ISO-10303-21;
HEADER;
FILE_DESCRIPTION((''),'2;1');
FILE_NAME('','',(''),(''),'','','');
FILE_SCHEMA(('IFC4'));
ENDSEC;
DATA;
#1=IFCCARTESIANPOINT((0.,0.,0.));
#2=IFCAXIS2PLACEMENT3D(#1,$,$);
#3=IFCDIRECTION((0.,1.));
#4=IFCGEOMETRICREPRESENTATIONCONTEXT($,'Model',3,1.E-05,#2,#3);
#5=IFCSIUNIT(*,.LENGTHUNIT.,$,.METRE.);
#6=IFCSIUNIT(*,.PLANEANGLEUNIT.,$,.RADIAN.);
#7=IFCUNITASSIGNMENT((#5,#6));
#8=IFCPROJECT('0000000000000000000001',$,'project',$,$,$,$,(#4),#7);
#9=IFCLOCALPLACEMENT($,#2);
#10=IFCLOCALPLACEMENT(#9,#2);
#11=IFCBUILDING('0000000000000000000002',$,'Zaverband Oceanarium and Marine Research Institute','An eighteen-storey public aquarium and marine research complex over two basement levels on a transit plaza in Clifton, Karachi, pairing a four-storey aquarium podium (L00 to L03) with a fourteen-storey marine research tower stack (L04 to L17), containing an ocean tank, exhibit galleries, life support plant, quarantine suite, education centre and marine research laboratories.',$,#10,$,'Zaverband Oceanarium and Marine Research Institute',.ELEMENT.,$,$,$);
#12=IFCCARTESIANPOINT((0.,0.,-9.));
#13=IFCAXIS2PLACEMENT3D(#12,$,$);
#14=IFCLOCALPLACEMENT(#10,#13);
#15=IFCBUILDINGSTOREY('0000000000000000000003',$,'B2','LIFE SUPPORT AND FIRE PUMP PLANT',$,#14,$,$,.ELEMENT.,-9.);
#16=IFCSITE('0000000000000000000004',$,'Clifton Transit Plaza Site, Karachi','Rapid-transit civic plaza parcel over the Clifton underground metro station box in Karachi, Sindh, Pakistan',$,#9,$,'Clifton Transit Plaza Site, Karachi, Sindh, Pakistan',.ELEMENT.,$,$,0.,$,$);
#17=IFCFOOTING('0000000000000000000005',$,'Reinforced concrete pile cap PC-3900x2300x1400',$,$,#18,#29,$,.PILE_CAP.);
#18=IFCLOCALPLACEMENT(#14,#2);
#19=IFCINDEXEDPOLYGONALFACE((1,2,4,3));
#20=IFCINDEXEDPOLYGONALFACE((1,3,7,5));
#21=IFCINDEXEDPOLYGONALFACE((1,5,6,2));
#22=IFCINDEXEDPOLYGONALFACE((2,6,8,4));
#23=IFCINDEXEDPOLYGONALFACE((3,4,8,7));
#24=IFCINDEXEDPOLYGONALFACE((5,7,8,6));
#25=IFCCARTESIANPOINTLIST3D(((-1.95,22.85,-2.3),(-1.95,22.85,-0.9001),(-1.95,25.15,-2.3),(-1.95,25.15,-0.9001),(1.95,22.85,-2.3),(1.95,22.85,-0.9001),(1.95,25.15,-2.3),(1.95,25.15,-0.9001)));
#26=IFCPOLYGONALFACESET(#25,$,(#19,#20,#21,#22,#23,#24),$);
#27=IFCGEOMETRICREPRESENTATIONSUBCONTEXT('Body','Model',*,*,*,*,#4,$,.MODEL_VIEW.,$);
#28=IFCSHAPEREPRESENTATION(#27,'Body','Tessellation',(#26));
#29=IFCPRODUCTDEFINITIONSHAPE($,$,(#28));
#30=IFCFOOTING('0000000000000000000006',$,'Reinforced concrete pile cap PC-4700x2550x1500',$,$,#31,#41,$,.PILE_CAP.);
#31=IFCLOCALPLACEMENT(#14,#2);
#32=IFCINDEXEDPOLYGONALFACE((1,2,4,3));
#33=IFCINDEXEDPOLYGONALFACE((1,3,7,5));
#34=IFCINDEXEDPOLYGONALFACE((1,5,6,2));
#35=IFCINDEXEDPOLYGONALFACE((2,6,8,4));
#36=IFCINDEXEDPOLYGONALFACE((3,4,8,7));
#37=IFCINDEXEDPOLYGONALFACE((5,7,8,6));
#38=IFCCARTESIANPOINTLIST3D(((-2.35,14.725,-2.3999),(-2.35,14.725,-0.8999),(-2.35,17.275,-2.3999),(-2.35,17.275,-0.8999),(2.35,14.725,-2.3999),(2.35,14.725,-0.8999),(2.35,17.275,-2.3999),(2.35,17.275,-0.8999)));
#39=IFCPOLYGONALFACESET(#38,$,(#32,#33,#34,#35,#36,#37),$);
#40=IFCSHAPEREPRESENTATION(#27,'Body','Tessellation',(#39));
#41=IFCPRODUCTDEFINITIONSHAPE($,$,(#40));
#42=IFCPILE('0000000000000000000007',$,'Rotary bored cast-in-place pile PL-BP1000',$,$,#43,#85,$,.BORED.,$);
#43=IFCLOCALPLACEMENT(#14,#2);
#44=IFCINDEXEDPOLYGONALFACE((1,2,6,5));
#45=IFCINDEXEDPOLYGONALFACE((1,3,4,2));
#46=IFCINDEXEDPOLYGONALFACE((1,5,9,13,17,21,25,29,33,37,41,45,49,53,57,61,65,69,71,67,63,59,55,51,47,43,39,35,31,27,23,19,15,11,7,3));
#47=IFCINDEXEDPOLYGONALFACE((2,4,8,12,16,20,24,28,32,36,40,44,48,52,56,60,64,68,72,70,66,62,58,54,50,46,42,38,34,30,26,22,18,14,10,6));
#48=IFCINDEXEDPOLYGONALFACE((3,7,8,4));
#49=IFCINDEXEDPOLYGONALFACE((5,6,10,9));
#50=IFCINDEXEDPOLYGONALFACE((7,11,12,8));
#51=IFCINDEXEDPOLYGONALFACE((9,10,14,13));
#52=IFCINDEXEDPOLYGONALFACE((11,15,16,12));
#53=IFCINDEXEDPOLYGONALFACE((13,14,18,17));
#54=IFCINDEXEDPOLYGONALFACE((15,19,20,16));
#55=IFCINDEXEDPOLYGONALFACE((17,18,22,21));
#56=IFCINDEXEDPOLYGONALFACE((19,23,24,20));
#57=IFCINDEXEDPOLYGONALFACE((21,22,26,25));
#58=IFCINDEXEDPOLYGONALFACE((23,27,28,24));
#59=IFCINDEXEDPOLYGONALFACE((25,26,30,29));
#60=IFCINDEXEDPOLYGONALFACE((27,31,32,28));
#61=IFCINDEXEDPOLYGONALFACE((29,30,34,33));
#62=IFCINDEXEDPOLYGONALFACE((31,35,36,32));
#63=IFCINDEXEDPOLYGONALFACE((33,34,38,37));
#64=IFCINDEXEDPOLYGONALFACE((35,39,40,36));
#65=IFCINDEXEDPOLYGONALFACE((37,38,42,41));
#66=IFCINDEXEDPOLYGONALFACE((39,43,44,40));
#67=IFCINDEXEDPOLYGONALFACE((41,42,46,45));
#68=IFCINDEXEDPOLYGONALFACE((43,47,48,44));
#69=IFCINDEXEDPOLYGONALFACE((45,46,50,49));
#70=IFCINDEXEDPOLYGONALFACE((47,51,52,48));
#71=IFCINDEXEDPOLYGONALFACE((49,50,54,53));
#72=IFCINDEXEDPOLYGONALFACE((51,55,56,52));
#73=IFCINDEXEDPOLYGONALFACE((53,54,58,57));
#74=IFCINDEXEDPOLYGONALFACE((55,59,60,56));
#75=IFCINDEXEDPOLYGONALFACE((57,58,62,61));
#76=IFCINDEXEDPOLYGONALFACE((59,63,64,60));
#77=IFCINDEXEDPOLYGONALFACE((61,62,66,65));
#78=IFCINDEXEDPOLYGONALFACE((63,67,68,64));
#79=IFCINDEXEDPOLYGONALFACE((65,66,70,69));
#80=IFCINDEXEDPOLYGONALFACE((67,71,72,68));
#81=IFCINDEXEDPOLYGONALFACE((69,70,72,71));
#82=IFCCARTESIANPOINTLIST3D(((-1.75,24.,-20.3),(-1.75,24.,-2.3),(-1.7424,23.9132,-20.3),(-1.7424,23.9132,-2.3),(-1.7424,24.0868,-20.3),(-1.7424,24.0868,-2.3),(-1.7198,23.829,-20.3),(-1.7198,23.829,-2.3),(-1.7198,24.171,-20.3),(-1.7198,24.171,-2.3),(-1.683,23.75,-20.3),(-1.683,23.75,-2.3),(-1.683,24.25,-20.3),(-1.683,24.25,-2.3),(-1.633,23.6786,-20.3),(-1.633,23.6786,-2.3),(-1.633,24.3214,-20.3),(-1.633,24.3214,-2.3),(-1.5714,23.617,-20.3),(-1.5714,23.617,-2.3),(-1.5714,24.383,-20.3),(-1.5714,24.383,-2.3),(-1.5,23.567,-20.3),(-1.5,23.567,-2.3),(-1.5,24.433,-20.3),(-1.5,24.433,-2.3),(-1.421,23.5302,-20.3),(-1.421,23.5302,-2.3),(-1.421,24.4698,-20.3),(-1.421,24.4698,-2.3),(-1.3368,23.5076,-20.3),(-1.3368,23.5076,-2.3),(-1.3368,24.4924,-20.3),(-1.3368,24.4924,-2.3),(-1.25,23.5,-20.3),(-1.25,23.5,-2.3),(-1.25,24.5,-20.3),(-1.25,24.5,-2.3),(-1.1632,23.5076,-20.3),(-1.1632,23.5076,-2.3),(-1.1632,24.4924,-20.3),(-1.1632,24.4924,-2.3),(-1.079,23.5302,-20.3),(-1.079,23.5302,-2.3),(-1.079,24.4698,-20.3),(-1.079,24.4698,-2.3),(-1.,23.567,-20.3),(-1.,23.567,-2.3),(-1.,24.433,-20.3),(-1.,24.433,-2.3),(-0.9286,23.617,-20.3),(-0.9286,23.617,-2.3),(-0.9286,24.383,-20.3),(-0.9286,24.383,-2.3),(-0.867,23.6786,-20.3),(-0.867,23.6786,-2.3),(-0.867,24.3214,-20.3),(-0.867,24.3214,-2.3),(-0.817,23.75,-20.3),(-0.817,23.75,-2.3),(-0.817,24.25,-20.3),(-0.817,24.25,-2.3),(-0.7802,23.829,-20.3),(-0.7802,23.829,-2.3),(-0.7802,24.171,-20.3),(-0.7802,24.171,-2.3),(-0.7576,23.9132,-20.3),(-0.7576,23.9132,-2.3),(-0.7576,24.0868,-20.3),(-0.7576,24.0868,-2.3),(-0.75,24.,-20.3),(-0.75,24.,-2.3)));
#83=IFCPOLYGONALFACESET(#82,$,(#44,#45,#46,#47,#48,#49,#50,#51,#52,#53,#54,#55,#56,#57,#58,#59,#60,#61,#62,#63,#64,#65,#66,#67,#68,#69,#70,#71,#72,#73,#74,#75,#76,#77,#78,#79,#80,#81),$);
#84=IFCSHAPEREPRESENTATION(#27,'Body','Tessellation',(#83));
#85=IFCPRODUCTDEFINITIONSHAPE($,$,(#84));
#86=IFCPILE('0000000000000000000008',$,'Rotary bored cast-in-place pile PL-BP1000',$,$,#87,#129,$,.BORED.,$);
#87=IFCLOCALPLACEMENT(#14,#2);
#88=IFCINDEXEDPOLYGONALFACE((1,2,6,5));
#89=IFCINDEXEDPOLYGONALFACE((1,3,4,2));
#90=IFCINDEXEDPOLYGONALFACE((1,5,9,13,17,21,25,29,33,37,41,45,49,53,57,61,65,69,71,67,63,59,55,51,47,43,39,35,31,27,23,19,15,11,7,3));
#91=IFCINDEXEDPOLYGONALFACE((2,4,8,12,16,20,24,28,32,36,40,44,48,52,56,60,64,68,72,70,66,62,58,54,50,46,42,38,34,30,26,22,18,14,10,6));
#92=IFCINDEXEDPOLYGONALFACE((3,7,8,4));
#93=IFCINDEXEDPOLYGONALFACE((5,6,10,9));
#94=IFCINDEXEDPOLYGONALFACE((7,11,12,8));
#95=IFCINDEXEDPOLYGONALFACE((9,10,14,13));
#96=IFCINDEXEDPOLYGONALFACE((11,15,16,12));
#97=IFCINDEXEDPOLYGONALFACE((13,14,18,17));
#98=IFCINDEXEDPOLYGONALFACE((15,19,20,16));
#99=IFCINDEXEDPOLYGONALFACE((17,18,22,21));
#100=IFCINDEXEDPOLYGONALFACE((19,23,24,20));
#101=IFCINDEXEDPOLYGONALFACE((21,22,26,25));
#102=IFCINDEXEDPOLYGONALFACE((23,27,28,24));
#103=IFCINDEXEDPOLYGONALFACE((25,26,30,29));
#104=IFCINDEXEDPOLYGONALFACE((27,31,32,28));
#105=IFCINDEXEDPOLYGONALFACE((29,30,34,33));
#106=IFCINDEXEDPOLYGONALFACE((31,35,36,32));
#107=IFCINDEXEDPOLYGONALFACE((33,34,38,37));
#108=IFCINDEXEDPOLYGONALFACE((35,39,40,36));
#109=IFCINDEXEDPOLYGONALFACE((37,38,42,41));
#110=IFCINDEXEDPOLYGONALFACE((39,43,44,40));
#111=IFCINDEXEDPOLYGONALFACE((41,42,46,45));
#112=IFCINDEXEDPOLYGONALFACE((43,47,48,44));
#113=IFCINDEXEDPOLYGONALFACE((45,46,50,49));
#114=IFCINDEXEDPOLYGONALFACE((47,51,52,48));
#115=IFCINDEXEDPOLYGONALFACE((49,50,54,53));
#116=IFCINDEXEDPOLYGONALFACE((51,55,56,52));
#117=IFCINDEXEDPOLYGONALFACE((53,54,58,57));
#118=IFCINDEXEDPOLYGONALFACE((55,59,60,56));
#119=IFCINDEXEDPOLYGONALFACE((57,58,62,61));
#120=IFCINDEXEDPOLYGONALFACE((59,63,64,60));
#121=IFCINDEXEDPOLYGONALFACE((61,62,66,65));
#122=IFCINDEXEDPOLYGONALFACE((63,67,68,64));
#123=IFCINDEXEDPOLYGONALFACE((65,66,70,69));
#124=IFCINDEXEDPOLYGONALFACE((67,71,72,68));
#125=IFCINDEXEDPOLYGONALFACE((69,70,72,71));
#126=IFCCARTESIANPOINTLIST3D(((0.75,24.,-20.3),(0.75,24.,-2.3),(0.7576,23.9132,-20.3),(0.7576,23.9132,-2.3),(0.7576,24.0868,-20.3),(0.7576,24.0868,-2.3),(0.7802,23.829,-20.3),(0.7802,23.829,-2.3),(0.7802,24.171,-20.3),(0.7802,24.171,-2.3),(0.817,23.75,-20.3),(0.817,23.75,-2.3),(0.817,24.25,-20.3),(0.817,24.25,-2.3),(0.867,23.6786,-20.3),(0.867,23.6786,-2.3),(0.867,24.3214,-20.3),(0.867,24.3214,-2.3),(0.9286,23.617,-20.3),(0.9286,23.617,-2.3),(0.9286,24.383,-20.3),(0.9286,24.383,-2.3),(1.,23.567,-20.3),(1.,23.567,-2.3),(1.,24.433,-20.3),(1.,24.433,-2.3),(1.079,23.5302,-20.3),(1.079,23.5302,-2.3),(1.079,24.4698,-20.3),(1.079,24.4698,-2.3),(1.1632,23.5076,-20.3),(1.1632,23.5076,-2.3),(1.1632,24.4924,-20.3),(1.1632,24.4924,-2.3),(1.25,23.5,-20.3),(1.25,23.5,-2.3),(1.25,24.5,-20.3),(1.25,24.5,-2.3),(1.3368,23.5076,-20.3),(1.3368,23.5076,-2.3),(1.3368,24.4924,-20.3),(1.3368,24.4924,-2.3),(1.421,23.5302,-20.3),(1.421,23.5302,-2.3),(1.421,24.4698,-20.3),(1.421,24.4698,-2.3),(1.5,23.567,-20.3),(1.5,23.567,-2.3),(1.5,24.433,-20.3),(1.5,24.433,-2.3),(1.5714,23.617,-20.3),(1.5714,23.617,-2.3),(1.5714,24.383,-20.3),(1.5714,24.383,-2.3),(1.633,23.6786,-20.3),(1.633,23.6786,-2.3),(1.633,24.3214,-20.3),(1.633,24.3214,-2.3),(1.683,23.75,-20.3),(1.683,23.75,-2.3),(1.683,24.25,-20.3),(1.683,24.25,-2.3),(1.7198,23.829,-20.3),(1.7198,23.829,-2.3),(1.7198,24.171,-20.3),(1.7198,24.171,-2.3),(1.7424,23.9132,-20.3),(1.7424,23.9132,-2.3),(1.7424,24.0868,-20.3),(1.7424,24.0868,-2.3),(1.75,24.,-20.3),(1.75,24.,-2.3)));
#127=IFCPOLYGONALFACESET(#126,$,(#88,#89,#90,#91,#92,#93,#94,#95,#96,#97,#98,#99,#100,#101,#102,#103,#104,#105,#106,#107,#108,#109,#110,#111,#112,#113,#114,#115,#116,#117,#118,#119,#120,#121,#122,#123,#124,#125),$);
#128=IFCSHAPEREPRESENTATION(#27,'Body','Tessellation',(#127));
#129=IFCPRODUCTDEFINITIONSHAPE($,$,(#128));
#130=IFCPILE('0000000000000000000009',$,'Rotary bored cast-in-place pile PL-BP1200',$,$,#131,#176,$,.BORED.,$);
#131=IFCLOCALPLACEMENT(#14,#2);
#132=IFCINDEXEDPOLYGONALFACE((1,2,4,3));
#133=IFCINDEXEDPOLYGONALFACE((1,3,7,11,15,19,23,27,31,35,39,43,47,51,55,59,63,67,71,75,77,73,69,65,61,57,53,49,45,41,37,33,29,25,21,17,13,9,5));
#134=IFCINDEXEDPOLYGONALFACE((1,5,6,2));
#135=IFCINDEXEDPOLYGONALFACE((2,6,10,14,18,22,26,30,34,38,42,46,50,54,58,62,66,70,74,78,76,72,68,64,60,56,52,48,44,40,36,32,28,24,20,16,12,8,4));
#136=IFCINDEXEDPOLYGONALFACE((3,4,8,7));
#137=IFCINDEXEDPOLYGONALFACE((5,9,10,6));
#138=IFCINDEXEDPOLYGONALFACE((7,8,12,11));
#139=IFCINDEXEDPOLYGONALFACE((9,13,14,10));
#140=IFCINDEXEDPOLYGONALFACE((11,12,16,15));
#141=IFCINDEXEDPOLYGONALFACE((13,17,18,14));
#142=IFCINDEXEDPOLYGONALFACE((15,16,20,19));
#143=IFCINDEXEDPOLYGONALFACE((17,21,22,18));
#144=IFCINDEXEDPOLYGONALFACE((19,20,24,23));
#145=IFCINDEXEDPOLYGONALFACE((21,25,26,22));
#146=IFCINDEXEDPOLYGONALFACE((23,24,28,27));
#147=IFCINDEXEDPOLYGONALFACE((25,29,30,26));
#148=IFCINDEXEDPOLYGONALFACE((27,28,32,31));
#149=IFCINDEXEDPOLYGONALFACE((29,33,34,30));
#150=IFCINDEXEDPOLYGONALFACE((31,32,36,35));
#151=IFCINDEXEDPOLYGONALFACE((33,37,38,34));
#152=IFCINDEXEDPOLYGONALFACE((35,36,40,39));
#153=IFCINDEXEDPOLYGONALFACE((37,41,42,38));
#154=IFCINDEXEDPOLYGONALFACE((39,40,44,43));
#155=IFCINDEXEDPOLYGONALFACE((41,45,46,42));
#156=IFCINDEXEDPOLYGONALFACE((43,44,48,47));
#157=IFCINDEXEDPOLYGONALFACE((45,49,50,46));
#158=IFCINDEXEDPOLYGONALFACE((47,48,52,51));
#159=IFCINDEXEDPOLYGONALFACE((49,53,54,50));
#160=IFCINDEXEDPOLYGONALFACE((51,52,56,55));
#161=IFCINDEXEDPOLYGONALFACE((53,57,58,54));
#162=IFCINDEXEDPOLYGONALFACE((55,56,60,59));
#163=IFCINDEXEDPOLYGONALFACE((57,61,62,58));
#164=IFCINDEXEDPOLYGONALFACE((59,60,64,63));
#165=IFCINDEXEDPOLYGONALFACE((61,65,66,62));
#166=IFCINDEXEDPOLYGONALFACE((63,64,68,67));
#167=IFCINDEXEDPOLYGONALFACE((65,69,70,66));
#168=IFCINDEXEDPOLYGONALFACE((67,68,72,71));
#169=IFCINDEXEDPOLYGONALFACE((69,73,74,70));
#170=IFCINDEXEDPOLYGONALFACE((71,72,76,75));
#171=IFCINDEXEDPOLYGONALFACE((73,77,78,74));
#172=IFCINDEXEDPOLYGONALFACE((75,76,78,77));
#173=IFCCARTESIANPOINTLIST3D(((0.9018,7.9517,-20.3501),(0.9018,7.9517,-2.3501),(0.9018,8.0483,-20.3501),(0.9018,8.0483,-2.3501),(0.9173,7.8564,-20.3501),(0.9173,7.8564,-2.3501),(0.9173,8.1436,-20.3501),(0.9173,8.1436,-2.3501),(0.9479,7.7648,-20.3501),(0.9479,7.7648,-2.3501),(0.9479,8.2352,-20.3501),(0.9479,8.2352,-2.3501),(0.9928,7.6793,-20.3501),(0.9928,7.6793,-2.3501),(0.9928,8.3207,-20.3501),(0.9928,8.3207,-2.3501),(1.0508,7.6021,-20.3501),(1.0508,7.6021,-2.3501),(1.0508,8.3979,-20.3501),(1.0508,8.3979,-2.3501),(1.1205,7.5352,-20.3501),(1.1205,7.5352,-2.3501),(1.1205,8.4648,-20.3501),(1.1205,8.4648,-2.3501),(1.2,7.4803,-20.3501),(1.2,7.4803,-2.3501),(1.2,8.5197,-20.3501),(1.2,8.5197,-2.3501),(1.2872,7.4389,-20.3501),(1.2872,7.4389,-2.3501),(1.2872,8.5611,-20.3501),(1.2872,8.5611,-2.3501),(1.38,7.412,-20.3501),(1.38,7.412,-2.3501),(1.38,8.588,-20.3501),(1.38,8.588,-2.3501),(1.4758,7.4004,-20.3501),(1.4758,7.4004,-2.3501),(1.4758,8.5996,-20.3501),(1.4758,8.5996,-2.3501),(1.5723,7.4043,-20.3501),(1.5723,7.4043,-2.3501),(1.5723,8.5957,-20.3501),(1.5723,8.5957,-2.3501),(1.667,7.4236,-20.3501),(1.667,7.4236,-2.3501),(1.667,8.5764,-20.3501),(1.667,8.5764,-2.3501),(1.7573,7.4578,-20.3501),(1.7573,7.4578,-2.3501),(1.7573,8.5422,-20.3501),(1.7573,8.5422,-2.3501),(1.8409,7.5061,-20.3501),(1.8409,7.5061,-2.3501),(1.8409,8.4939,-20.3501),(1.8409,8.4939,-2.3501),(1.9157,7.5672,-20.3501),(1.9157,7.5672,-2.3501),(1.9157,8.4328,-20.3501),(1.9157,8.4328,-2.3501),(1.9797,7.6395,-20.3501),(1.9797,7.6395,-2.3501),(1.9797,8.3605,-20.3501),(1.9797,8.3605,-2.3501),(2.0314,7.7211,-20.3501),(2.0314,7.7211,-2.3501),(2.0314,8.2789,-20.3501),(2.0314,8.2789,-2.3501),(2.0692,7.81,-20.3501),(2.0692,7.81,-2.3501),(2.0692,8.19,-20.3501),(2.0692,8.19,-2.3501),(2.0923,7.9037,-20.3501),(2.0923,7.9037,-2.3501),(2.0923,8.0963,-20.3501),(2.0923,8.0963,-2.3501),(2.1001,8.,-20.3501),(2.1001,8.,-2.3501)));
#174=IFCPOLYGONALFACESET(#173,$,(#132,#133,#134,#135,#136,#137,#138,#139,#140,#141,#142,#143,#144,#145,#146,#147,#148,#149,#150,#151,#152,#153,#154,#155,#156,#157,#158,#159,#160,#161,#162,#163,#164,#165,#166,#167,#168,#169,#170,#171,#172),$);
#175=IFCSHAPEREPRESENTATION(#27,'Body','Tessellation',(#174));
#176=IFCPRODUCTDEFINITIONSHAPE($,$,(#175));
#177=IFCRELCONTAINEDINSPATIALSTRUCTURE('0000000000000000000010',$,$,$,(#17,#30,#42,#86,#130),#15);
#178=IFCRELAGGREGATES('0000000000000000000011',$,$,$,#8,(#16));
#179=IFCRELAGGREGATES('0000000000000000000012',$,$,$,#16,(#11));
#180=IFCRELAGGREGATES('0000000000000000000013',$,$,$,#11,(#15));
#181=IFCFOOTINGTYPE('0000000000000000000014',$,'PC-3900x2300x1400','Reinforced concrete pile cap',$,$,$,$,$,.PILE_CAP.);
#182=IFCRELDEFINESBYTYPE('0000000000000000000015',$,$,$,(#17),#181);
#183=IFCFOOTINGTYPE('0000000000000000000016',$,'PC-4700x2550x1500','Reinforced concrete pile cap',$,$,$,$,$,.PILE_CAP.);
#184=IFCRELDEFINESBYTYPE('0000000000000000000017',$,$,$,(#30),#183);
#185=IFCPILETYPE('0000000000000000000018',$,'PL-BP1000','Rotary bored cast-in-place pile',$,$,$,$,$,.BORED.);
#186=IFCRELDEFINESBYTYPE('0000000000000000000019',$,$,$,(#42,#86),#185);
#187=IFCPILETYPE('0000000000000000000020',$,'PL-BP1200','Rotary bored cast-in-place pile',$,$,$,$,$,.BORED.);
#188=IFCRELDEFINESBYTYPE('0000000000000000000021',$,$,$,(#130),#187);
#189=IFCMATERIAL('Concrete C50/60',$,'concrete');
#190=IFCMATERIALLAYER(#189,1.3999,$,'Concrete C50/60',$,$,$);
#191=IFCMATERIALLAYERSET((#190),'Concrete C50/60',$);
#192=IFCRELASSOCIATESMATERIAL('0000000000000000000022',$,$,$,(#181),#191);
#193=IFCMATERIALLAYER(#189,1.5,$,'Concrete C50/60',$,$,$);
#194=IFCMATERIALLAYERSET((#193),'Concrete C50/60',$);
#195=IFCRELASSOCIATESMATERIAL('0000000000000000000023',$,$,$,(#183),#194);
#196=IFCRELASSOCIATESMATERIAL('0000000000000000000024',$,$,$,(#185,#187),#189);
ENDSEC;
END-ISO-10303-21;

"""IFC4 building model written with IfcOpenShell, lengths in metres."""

from ifc_helpers import new_model, si_unit, direction, frame, origin, origin_2d, place, context, subcontext, project, spatial, rectangle, circle, extrude, material, layer, layer_set, material_profile, profile_set, type_object, element, save


model = new_model("IFC4")

# Units and contexts
model_context = context("Model", 3, precision=1e-05, world=origin(), true_north=direction((0.0, 1.0)))
body_context = subcontext(model_context, "Body", "Model", "MODEL_VIEW")
ifc_project = project(units=[si_unit("LENGTHUNIT", "METRE"), si_unit("PLANEANGLEUNIT", "RADIAN")], contexts=[model_context])

# Site, building, storey
site_placement = place(None, origin())
site = spatial("IfcSite", under=ifc_project, at=site_placement, Name="Clifton Transit Plaza Site, Karachi", Description="Rapid-transit civic plaza parcel over the Clifton underground metro station box in Karachi, Sindh, Pakistan", LongName="Clifton Transit Plaza Site, Karachi, Sindh, Pakistan", CompositionType="ELEMENT", RefElevation=0.0)
building_placement = place(site_placement, origin())
building = spatial("IfcBuilding", under=site, at=building_placement, Name="Zaverband Oceanarium and Marine Research Institute", Description="An eighteen-storey public aquarium and marine research complex over two basement levels on a transit plaza in Clifton, Karachi, pairing a four-storey aquarium podium (L00 to L03) with a fourteen-storey marine research tower stack (L04 to L17), containing an ocean tank, exhibit galleries, life support plant, quarantine suite, education centre and marine research laboratories.", LongName="Zaverband Oceanarium and Marine Research Institute", CompositionType="ELEMENT")
storey_placement = place(building_placement, frame((0.0, 0.0, -9.0)))
storey = spatial("IfcBuildingStorey", under=building, at=storey_placement, Name="B2", Description="LIFE SUPPORT AND FIRE PUMP PLANT", CompositionType="ELEMENT", Elevation=-9.0)

# Footings
ifc_material_1 = material(Name="Concrete C50/60", Category="concrete")
ifc_layer_1 = layer(ifc_material_1, 1.3999, Name="Concrete C50/60")
ifc_layer_set_1 = layer_set([ifc_layer_1], Name="Concrete C50/60")
footing_type_1 = type_object("IfcFootingType", Name="PC-3900x2300x1400", Description="Reinforced concrete pile cap", PredefinedType="PILE_CAP", material=ifc_layer_set_1)
footing_1_placement = place(storey_placement, frame((0.0, 24.0, -2.3), z_axis=(0.0, 0.0, 1.0), x_axis=(1.0, 0.0, 0.0)))
element("IfcFooting", 1, at=footing_1_placement, inside=storey, type_object=footing_type_1, Name="Reinforced concrete pile cap PC-3900x2300x1400", PredefinedType="PILE_CAP", context=body_context, shape_type="SweptSolid", body=[
    extrude(rectangle(XDim=3.8999, YDim=2.3, at=origin_2d()), origin(), (0.0, 0.0, 1.0), 1.3999),
])
ifc_layer_2 = layer(ifc_material_1, 1.5, Name="Concrete C50/60")
ifc_layer_set_2 = layer_set([ifc_layer_2], Name="Concrete C50/60")
footing_type_2 = type_object("IfcFootingType", Name="PC-4700x2550x1500", Description="Reinforced concrete pile cap", PredefinedType="PILE_CAP", material=ifc_layer_set_2)
footing_2_placement = place(storey_placement, frame((0.0, 16.0, -2.3999), z_axis=(0.0, 0.0, 1.0), x_axis=(1.0, 0.0, 0.0)))
element("IfcFooting", 2, at=footing_2_placement, inside=storey, type_object=footing_type_2, Name="Reinforced concrete pile cap PC-4700x2550x1500", PredefinedType="PILE_CAP", context=body_context, shape_type="SweptSolid", body=[
    extrude(rectangle(XDim=4.7, YDim=2.55, at=origin_2d()), origin(), (0.0, 0.0, 1.0), 1.5),
])

# Piles
ifc_material_profile_1 = material_profile(ifc_material_1, circle(Radius=0.5, at=origin_2d()), Name="BP1000")
ifc_profile_set_1 = profile_set([ifc_material_profile_1], Name="Concrete C50/60")
pile_type_1 = type_object("IfcPileType", Name="PL-BP1000", Description="Rotary bored cast-in-place pile", PredefinedType="BORED", material=ifc_profile_set_1)
for number, where, z_axis, x_axis, name in (
    (3, (-1.25, 24.0, -2.3), (0.0, 0.0, -1.0), (1.0, 0.0, 0.0), "Rotary bored cast-in-place pile PL-BP1000"),
    (4, (1.25, 24.0, -2.3), (0.0, 0.0, -1.0), (1.0, 0.0, 0.0), "Rotary bored cast-in-place pile PL-BP1000"),
):
    element("IfcPile", number, at=place(storey_placement, frame(where, z_axis=z_axis, x_axis=x_axis)), inside=storey, type_object=pile_type_1, Name=name, PredefinedType="BORED", context=body_context, shape_type="SweptSolid", body=[
        extrude(circle(Radius=0.5, at=origin_2d()), origin(), (0.0, 0.0, 1.0), 18.0),
    ])
ifc_material_profile_2 = material_profile(ifc_material_1, circle(Radius=0.6001, at=origin_2d()), Name="BP1200")
ifc_profile_set_2 = profile_set([ifc_material_profile_2], Name="Concrete C50/60")
pile_type_2 = type_object("IfcPileType", Name="PL-BP1200", Description="Rotary bored cast-in-place pile", PredefinedType="BORED", material=ifc_profile_set_2)
for number, where, z_axis, x_axis, name in (
    (5, (1.5, 8.0, -2.3501), (0.0, 0.0, -1.0), (1.0, 0.0, 0.0), "Rotary bored cast-in-place pile PL-BP1200"),
):
    element("IfcPile", number, at=place(storey_placement, frame(where, z_axis=z_axis, x_axis=x_axis)), inside=storey, type_object=pile_type_2, Name=name, PredefinedType="BORED", context=body_context, shape_type="SweptSolid", body=[
        extrude(circle(Radius=0.6001, at=origin_2d()), origin(), (0.0, 0.0, 1.0), 18.0),
    ])

save(model, "model.ifc")
